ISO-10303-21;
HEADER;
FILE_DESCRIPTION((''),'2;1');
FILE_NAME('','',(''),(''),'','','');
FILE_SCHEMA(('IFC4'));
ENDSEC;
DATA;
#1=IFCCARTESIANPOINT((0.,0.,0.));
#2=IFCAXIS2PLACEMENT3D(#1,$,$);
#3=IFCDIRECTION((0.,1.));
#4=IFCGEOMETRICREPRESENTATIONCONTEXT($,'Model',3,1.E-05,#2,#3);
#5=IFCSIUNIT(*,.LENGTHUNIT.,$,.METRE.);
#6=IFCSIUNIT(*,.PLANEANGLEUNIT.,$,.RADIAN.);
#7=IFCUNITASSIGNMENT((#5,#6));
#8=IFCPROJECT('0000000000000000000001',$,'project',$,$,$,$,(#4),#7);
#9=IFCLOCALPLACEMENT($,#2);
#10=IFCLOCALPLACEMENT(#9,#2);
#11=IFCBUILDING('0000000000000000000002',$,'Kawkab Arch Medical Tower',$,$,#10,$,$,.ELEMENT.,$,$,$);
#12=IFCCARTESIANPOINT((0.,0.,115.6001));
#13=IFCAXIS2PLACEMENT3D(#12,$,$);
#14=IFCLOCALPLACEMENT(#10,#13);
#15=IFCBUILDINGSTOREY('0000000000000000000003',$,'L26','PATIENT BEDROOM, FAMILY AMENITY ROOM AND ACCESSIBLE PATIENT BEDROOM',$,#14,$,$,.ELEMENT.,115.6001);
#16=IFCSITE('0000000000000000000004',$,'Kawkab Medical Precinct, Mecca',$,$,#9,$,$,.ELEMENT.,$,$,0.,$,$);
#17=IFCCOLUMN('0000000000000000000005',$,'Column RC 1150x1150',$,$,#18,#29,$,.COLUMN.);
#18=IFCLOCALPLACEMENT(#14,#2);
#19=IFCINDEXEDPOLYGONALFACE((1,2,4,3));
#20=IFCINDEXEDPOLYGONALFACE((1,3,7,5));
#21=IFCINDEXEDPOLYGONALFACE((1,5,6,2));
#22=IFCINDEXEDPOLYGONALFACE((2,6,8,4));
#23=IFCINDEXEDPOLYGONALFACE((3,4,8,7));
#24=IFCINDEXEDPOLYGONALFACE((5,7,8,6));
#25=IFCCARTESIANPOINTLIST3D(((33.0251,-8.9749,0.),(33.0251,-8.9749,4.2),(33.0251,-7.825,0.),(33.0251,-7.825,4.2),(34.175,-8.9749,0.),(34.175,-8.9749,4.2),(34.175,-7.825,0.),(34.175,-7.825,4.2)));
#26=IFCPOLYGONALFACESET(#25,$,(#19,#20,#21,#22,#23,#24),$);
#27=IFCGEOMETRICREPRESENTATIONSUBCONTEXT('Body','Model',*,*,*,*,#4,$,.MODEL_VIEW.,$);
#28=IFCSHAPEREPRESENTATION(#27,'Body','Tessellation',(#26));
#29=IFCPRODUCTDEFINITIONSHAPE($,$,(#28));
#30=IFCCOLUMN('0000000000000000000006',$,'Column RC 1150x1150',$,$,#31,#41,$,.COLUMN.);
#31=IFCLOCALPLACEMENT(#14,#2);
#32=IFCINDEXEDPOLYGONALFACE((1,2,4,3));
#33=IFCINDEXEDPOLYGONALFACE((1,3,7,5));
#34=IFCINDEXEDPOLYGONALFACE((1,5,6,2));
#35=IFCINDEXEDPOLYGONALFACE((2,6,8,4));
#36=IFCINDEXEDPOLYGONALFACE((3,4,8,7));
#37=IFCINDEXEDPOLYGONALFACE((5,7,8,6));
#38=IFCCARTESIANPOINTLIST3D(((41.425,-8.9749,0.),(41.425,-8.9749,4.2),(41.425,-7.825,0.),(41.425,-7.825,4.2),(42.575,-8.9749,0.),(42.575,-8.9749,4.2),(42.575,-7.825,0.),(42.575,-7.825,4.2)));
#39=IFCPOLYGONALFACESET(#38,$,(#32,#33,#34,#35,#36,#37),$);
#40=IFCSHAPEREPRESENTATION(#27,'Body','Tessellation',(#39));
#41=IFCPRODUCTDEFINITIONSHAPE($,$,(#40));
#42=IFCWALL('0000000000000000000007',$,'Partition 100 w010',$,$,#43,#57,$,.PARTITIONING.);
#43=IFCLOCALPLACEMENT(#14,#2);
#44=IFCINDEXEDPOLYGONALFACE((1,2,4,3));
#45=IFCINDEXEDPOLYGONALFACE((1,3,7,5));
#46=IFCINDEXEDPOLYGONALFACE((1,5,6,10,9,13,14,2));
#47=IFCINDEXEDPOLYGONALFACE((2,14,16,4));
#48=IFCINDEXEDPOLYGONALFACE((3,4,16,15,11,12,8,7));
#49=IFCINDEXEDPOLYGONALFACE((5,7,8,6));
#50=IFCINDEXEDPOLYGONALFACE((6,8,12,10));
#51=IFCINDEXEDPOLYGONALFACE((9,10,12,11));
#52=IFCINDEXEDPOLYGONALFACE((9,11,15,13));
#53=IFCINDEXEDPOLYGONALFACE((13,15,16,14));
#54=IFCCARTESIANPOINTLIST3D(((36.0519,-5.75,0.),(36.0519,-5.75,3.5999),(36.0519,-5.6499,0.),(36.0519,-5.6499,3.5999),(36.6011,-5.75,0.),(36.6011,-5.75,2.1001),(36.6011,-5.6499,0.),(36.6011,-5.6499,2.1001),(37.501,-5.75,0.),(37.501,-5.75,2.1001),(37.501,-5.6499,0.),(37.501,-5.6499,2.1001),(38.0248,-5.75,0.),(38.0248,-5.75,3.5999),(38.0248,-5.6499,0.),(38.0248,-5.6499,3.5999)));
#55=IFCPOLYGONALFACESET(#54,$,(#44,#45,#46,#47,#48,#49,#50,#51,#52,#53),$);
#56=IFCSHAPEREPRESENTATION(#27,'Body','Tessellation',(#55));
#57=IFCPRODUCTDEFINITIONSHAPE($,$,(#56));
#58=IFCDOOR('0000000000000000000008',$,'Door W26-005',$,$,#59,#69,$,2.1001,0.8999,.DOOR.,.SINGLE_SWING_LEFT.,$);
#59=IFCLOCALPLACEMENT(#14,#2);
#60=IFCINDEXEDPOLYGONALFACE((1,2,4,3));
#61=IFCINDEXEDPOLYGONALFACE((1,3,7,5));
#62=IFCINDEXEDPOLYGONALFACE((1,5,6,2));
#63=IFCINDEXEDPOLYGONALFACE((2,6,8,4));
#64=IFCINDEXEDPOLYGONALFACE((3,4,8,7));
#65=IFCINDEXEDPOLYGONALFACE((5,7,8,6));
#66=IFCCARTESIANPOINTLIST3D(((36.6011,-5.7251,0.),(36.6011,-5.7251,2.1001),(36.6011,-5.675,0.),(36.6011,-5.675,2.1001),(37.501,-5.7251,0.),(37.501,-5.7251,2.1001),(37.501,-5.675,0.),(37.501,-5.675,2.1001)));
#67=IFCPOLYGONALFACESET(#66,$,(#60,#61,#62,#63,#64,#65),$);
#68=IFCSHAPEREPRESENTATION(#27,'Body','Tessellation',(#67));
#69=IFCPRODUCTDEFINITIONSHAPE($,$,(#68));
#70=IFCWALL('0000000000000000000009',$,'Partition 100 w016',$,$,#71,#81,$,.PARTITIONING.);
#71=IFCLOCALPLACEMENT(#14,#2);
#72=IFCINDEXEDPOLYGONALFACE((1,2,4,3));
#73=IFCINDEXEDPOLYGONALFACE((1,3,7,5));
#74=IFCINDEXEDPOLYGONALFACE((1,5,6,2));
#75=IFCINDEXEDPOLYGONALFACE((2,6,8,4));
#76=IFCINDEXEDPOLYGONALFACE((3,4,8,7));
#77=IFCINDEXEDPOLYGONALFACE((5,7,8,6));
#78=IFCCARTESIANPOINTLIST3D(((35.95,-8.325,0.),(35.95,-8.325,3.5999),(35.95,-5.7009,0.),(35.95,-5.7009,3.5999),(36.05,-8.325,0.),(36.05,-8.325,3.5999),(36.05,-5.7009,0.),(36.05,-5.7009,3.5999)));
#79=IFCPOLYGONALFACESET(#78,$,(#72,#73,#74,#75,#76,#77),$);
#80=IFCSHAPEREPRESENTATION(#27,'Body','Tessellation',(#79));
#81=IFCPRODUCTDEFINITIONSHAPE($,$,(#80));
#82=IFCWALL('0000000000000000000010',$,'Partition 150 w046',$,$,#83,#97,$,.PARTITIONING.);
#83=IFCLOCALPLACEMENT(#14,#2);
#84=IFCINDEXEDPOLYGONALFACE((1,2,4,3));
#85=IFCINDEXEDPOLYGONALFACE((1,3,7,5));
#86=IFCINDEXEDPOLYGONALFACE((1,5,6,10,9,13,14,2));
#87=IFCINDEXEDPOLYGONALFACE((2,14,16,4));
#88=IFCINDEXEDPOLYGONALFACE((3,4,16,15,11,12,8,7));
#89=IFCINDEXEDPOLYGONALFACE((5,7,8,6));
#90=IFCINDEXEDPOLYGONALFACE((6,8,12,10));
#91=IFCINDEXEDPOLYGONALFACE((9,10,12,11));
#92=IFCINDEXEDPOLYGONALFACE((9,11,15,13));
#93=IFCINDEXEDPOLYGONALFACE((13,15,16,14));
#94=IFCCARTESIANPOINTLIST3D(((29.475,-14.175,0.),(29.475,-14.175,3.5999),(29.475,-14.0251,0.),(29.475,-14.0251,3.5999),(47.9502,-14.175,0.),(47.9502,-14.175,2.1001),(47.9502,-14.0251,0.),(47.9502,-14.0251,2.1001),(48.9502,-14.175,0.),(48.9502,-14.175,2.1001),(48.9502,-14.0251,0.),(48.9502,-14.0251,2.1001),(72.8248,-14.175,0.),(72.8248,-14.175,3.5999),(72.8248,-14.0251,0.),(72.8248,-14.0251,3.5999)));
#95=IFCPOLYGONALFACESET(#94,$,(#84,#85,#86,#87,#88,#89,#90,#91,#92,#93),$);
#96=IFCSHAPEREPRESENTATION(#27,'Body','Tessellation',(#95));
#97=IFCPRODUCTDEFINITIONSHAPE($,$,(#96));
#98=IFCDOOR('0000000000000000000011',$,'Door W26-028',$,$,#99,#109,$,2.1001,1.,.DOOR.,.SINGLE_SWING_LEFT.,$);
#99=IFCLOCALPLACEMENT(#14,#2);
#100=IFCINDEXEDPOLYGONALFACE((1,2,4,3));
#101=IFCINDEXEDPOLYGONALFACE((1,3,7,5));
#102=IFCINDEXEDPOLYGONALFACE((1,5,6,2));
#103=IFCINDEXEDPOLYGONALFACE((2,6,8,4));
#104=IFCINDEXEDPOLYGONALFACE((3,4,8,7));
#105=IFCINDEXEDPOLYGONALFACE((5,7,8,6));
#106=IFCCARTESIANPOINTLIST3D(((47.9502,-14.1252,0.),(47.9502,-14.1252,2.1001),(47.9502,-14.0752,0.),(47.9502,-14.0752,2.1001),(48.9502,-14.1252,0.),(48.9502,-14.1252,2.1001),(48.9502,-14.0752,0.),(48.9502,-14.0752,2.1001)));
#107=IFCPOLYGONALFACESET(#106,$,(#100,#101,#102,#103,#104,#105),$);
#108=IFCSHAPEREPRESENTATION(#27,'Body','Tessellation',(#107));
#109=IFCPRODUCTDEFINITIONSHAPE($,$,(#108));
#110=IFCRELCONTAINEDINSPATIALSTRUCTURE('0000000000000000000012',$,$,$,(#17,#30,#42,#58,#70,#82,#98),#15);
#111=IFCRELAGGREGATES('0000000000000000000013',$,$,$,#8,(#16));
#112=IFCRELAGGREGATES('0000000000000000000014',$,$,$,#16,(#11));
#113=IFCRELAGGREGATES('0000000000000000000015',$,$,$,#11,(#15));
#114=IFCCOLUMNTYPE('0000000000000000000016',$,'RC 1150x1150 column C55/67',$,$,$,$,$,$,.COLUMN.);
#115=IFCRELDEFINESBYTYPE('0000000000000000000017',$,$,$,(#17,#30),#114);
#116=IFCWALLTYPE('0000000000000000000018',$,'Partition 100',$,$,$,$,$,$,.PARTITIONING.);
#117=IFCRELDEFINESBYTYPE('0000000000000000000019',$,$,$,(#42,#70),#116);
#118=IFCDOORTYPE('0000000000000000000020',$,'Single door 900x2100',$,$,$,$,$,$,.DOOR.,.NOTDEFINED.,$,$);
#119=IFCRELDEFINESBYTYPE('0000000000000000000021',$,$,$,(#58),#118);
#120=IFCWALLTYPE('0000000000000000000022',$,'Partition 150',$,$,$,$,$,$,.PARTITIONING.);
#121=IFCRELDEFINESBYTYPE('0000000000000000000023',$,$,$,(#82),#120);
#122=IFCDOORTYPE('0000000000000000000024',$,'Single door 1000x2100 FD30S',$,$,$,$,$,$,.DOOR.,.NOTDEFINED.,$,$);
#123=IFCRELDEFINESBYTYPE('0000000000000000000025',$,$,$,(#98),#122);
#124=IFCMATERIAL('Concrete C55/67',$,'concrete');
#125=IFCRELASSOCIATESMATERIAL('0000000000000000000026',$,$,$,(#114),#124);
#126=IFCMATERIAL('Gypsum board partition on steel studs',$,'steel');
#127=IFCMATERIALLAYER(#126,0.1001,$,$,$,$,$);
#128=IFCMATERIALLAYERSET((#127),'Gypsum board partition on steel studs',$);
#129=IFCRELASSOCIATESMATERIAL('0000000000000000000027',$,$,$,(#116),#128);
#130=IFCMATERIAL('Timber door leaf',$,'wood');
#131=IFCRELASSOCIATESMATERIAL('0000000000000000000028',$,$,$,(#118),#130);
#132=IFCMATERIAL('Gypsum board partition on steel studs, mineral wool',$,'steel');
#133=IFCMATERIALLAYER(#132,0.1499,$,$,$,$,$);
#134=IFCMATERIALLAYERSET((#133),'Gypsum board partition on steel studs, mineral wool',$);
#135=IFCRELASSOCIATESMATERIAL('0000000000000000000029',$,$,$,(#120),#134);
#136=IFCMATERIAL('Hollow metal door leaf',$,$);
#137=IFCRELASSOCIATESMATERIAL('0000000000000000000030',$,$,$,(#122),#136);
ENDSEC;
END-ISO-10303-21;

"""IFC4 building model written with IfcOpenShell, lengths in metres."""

from ifc_helpers import new_model, si_unit, direction, frame, frame_2d, origin, origin_2d, place, context, subcontext, project, spatial, rectangle, extrude, material, layer, layer_set, material_profile, profile_set, type_object, element, fill, save


model = new_model("IFC4")

# Units and contexts
model_context = context("Model", 3, precision=1e-05, world=origin(), true_north=direction((0.0, 1.0)))
body_context = subcontext(model_context, "Body", "Model", "MODEL_VIEW")
ifc_project = project(units=[si_unit("LENGTHUNIT", "METRE"), si_unit("PLANEANGLEUNIT", "RADIAN")], contexts=[model_context])

# Site, building, storey
site_placement = place(None, origin())
site = spatial("IfcSite", under=ifc_project, at=site_placement, Name="Kawkab Medical Precinct, Mecca", CompositionType="ELEMENT", RefElevation=0.0)
building_placement = place(site_placement, origin())
building = spatial("IfcBuilding", under=site, at=building_placement, Name="Kawkab Arch Medical Tower", CompositionType="ELEMENT")
storey_placement = place(building_placement, frame((0.0, 0.0, 115.6001)))
storey = spatial("IfcBuildingStorey", under=building, at=storey_placement, Name="L26", Description="PATIENT BEDROOM, FAMILY AMENITY ROOM AND ACCESSIBLE PATIENT BEDROOM", CompositionType="ELEMENT", Elevation=115.6001)

# Columns
ifc_material_1 = material(Name="Concrete C55/67", Category="concrete")
ifc_material_profile = material_profile(ifc_material_1, rectangle(XDim=1.1499, YDim=1.1499, at=origin_2d()), Name="RC 1150x1150")
ifc_profile_set = profile_set([ifc_material_profile], Name="Concrete C55/67")
column_type = type_object("IfcColumnType", Name="RC 1150x1150 column C55/67", PredefinedType="COLUMN", material=ifc_profile_set)
for number, where, z_axis, x_axis, name in (
    (1, (33.6001, -8.3999, 0.0), (0.0, 0.0, 1.0), (1.0, 0.0, 0.0), "Column RC 1150x1150"),
    (2, (42.0, -8.3999, 0.0), (0.0, 0.0, 1.0), (1.0, 0.0, 0.0), "Column RC 1150x1150"),
):
    element("IfcColumn", number, at=place(storey_placement, frame(where, z_axis=z_axis, x_axis=x_axis)), inside=storey, type_object=column_type, Name=name, PredefinedType="COLUMN", context=body_context, shape_type="SweptSolid", body=[
        extrude(rectangle(XDim=1.1499, YDim=1.1499, at=origin_2d()), origin(), (0.0, 0.0, 1.0), 4.2),
    ])

# Wall, opening, door
ifc_material_2 = material(Name="Gypsum board partition on steel studs", Category="steel")
ifc_layer_1 = layer(ifc_material_2, 0.1001)
ifc_layer_set_1 = layer_set([ifc_layer_1], Name="Gypsum board partition on steel studs")
wall_type_1 = type_object("IfcWallType", Name="Partition 100", PredefinedType="PARTITIONING", material=ifc_layer_set_1)
wall_1_placement = place(storey_placement, frame((36.052, -5.7, 0.0), z_axis=(0.0, 0.0, 1.0), x_axis=(1.0, 0.0, 0.0)))
wall_1 = element("IfcWall", 3, at=wall_1_placement, inside=storey, type_object=wall_type_1, Name="Partition 100 w010", PredefinedType="PARTITIONING", context=body_context, shape_type="SweptSolid", body=[
    extrude(rectangle(XDim=1.9729, YDim=0.1001, at=frame_2d((0.9863, 0.0))), origin(), (0.0, 0.0, 1.0), 3.5999),
])
opening_1_placement = place(wall_1_placement, frame((0.5491, 0.0, 0.0)))
opening_1 = element("IfcOpeningElement", 4, at=opening_1_placement, cuts=wall_1, PredefinedType="OPENING", context=body_context, shape_type="SweptSolid", body=[
    extrude(rectangle(XDim=0.8999, YDim=2.1001, at=frame_2d((0.45, 1.05))), frame((0.0, 0.0601, 0.0), z_axis=(0.0, -1.0, 0.0), x_axis=(1.0, 0.0, 0.0)), (0.0, 0.0, 1.0), 0.1201),
])
ifc_material_3 = material(Name="Timber door leaf", Category="wood")
door_type_1 = type_object("IfcDoorType", Name="Single door 900x2100", OperationType="NOTDEFINED", PredefinedType="DOOR", material=ifc_material_3)
door_1_placement = place(opening_1_placement, origin())
door_1 = element("IfcDoor", 5, at=door_1_placement, inside=storey, type_object=door_type_1, Name="Door W26-005", OperationType="SINGLE_SWING_LEFT", OverallHeight=2.1001, OverallWidth=0.8999, PredefinedType="DOOR", context=body_context, shape_type="SweptSolid", body=[
    extrude(rectangle(XDim=0.8999, YDim=2.1001, at=frame_2d((0.45, 1.05))), frame((0.0, 0.0249, 0.0), z_axis=(0.0, -1.0, 0.0), x_axis=(1.0, 0.0, 0.0)), (0.0, 0.0, 1.0), 0.05),
])
fill(opening_1, door_1)

# Wall
wall_2_placement = place(storey_placement, frame((36.0, -8.325, 0.0), z_axis=(0.0, 0.0, 1.0), x_axis=(0.0, 1.0, 0.0)))
element("IfcWall", 6, at=wall_2_placement, inside=storey, type_object=wall_type_1, Name="Partition 100 w016", PredefinedType="PARTITIONING", context=body_context, shape_type="SweptSolid", body=[
    extrude(rectangle(XDim=2.624, YDim=0.1001, at=frame_2d((1.312, 0.0))), origin(), (0.0, 0.0, 1.0), 3.5999),
])

# Wall, opening, door
ifc_material_4 = material(Name="Gypsum board partition on steel studs, mineral wool", Category="steel")
ifc_layer_2 = layer(ifc_material_4, 0.1499)
ifc_layer_set_2 = layer_set([ifc_layer_2], Name="Gypsum board partition on steel studs, mineral wool")
wall_type_2 = type_object("IfcWallType", Name="Partition 150", PredefinedType="PARTITIONING", material=ifc_layer_set_2)
wall_3_placement = place(storey_placement, frame((29.4751, -14.1001, 0.0), z_axis=(0.0, 0.0, 1.0), x_axis=(1.0, 0.0, 0.0)))
wall_3 = element("IfcWall", 7, at=wall_3_placement, inside=storey, type_object=wall_type_2, Name="Partition 150 w046", PredefinedType="PARTITIONING", context=body_context, shape_type="SweptSolid", body=[
    extrude(rectangle(XDim=43.3499, YDim=0.1499, at=frame_2d((21.6748, 0.0))), origin(), (0.0, 0.0, 1.0), 3.5999),
])
opening_2_placement = place(wall_3_placement, frame((18.4751, 0.0, 0.0)))
opening_2 = element("IfcOpeningElement", 8, at=opening_2_placement, cuts=wall_3, PredefinedType="OPENING", context=body_context, shape_type="SweptSolid", body=[
    extrude(rectangle(XDim=1.0, YDim=2.1001, at=frame_2d((0.5, 1.05))), frame((0.0, 0.085, 0.0), z_axis=(0.0, -1.0, 0.0), x_axis=(1.0, 0.0, 0.0)), (0.0, 0.0, 1.0), 0.1699),
])
ifc_material_5 = material(Name="Hollow metal door leaf")
door_type_2 = type_object("IfcDoorType", Name="Single door 1000x2100 FD30S", OperationType="NOTDEFINED", PredefinedType="DOOR", material=ifc_material_5)
door_2_placement = place(opening_2_placement, origin())
door_2 = element("IfcDoor", 9, at=door_2_placement, inside=storey, type_object=door_type_2, Name="Door W26-028", OperationType="SINGLE_SWING_LEFT", OverallHeight=2.1001, OverallWidth=1.0, PredefinedType="DOOR", context=body_context, shape_type="SweptSolid", body=[
    extrude(rectangle(XDim=1.0, YDim=2.1001, at=frame_2d((0.5, 1.05))), frame((0.0, 0.0249, 0.0), z_axis=(0.0, -1.0, 0.0), x_axis=(1.0, 0.0, 0.0)), (0.0, 0.0, 1.0), 0.05),
])
fill(opening_2, door_2)

save(model, "model.ifc")
